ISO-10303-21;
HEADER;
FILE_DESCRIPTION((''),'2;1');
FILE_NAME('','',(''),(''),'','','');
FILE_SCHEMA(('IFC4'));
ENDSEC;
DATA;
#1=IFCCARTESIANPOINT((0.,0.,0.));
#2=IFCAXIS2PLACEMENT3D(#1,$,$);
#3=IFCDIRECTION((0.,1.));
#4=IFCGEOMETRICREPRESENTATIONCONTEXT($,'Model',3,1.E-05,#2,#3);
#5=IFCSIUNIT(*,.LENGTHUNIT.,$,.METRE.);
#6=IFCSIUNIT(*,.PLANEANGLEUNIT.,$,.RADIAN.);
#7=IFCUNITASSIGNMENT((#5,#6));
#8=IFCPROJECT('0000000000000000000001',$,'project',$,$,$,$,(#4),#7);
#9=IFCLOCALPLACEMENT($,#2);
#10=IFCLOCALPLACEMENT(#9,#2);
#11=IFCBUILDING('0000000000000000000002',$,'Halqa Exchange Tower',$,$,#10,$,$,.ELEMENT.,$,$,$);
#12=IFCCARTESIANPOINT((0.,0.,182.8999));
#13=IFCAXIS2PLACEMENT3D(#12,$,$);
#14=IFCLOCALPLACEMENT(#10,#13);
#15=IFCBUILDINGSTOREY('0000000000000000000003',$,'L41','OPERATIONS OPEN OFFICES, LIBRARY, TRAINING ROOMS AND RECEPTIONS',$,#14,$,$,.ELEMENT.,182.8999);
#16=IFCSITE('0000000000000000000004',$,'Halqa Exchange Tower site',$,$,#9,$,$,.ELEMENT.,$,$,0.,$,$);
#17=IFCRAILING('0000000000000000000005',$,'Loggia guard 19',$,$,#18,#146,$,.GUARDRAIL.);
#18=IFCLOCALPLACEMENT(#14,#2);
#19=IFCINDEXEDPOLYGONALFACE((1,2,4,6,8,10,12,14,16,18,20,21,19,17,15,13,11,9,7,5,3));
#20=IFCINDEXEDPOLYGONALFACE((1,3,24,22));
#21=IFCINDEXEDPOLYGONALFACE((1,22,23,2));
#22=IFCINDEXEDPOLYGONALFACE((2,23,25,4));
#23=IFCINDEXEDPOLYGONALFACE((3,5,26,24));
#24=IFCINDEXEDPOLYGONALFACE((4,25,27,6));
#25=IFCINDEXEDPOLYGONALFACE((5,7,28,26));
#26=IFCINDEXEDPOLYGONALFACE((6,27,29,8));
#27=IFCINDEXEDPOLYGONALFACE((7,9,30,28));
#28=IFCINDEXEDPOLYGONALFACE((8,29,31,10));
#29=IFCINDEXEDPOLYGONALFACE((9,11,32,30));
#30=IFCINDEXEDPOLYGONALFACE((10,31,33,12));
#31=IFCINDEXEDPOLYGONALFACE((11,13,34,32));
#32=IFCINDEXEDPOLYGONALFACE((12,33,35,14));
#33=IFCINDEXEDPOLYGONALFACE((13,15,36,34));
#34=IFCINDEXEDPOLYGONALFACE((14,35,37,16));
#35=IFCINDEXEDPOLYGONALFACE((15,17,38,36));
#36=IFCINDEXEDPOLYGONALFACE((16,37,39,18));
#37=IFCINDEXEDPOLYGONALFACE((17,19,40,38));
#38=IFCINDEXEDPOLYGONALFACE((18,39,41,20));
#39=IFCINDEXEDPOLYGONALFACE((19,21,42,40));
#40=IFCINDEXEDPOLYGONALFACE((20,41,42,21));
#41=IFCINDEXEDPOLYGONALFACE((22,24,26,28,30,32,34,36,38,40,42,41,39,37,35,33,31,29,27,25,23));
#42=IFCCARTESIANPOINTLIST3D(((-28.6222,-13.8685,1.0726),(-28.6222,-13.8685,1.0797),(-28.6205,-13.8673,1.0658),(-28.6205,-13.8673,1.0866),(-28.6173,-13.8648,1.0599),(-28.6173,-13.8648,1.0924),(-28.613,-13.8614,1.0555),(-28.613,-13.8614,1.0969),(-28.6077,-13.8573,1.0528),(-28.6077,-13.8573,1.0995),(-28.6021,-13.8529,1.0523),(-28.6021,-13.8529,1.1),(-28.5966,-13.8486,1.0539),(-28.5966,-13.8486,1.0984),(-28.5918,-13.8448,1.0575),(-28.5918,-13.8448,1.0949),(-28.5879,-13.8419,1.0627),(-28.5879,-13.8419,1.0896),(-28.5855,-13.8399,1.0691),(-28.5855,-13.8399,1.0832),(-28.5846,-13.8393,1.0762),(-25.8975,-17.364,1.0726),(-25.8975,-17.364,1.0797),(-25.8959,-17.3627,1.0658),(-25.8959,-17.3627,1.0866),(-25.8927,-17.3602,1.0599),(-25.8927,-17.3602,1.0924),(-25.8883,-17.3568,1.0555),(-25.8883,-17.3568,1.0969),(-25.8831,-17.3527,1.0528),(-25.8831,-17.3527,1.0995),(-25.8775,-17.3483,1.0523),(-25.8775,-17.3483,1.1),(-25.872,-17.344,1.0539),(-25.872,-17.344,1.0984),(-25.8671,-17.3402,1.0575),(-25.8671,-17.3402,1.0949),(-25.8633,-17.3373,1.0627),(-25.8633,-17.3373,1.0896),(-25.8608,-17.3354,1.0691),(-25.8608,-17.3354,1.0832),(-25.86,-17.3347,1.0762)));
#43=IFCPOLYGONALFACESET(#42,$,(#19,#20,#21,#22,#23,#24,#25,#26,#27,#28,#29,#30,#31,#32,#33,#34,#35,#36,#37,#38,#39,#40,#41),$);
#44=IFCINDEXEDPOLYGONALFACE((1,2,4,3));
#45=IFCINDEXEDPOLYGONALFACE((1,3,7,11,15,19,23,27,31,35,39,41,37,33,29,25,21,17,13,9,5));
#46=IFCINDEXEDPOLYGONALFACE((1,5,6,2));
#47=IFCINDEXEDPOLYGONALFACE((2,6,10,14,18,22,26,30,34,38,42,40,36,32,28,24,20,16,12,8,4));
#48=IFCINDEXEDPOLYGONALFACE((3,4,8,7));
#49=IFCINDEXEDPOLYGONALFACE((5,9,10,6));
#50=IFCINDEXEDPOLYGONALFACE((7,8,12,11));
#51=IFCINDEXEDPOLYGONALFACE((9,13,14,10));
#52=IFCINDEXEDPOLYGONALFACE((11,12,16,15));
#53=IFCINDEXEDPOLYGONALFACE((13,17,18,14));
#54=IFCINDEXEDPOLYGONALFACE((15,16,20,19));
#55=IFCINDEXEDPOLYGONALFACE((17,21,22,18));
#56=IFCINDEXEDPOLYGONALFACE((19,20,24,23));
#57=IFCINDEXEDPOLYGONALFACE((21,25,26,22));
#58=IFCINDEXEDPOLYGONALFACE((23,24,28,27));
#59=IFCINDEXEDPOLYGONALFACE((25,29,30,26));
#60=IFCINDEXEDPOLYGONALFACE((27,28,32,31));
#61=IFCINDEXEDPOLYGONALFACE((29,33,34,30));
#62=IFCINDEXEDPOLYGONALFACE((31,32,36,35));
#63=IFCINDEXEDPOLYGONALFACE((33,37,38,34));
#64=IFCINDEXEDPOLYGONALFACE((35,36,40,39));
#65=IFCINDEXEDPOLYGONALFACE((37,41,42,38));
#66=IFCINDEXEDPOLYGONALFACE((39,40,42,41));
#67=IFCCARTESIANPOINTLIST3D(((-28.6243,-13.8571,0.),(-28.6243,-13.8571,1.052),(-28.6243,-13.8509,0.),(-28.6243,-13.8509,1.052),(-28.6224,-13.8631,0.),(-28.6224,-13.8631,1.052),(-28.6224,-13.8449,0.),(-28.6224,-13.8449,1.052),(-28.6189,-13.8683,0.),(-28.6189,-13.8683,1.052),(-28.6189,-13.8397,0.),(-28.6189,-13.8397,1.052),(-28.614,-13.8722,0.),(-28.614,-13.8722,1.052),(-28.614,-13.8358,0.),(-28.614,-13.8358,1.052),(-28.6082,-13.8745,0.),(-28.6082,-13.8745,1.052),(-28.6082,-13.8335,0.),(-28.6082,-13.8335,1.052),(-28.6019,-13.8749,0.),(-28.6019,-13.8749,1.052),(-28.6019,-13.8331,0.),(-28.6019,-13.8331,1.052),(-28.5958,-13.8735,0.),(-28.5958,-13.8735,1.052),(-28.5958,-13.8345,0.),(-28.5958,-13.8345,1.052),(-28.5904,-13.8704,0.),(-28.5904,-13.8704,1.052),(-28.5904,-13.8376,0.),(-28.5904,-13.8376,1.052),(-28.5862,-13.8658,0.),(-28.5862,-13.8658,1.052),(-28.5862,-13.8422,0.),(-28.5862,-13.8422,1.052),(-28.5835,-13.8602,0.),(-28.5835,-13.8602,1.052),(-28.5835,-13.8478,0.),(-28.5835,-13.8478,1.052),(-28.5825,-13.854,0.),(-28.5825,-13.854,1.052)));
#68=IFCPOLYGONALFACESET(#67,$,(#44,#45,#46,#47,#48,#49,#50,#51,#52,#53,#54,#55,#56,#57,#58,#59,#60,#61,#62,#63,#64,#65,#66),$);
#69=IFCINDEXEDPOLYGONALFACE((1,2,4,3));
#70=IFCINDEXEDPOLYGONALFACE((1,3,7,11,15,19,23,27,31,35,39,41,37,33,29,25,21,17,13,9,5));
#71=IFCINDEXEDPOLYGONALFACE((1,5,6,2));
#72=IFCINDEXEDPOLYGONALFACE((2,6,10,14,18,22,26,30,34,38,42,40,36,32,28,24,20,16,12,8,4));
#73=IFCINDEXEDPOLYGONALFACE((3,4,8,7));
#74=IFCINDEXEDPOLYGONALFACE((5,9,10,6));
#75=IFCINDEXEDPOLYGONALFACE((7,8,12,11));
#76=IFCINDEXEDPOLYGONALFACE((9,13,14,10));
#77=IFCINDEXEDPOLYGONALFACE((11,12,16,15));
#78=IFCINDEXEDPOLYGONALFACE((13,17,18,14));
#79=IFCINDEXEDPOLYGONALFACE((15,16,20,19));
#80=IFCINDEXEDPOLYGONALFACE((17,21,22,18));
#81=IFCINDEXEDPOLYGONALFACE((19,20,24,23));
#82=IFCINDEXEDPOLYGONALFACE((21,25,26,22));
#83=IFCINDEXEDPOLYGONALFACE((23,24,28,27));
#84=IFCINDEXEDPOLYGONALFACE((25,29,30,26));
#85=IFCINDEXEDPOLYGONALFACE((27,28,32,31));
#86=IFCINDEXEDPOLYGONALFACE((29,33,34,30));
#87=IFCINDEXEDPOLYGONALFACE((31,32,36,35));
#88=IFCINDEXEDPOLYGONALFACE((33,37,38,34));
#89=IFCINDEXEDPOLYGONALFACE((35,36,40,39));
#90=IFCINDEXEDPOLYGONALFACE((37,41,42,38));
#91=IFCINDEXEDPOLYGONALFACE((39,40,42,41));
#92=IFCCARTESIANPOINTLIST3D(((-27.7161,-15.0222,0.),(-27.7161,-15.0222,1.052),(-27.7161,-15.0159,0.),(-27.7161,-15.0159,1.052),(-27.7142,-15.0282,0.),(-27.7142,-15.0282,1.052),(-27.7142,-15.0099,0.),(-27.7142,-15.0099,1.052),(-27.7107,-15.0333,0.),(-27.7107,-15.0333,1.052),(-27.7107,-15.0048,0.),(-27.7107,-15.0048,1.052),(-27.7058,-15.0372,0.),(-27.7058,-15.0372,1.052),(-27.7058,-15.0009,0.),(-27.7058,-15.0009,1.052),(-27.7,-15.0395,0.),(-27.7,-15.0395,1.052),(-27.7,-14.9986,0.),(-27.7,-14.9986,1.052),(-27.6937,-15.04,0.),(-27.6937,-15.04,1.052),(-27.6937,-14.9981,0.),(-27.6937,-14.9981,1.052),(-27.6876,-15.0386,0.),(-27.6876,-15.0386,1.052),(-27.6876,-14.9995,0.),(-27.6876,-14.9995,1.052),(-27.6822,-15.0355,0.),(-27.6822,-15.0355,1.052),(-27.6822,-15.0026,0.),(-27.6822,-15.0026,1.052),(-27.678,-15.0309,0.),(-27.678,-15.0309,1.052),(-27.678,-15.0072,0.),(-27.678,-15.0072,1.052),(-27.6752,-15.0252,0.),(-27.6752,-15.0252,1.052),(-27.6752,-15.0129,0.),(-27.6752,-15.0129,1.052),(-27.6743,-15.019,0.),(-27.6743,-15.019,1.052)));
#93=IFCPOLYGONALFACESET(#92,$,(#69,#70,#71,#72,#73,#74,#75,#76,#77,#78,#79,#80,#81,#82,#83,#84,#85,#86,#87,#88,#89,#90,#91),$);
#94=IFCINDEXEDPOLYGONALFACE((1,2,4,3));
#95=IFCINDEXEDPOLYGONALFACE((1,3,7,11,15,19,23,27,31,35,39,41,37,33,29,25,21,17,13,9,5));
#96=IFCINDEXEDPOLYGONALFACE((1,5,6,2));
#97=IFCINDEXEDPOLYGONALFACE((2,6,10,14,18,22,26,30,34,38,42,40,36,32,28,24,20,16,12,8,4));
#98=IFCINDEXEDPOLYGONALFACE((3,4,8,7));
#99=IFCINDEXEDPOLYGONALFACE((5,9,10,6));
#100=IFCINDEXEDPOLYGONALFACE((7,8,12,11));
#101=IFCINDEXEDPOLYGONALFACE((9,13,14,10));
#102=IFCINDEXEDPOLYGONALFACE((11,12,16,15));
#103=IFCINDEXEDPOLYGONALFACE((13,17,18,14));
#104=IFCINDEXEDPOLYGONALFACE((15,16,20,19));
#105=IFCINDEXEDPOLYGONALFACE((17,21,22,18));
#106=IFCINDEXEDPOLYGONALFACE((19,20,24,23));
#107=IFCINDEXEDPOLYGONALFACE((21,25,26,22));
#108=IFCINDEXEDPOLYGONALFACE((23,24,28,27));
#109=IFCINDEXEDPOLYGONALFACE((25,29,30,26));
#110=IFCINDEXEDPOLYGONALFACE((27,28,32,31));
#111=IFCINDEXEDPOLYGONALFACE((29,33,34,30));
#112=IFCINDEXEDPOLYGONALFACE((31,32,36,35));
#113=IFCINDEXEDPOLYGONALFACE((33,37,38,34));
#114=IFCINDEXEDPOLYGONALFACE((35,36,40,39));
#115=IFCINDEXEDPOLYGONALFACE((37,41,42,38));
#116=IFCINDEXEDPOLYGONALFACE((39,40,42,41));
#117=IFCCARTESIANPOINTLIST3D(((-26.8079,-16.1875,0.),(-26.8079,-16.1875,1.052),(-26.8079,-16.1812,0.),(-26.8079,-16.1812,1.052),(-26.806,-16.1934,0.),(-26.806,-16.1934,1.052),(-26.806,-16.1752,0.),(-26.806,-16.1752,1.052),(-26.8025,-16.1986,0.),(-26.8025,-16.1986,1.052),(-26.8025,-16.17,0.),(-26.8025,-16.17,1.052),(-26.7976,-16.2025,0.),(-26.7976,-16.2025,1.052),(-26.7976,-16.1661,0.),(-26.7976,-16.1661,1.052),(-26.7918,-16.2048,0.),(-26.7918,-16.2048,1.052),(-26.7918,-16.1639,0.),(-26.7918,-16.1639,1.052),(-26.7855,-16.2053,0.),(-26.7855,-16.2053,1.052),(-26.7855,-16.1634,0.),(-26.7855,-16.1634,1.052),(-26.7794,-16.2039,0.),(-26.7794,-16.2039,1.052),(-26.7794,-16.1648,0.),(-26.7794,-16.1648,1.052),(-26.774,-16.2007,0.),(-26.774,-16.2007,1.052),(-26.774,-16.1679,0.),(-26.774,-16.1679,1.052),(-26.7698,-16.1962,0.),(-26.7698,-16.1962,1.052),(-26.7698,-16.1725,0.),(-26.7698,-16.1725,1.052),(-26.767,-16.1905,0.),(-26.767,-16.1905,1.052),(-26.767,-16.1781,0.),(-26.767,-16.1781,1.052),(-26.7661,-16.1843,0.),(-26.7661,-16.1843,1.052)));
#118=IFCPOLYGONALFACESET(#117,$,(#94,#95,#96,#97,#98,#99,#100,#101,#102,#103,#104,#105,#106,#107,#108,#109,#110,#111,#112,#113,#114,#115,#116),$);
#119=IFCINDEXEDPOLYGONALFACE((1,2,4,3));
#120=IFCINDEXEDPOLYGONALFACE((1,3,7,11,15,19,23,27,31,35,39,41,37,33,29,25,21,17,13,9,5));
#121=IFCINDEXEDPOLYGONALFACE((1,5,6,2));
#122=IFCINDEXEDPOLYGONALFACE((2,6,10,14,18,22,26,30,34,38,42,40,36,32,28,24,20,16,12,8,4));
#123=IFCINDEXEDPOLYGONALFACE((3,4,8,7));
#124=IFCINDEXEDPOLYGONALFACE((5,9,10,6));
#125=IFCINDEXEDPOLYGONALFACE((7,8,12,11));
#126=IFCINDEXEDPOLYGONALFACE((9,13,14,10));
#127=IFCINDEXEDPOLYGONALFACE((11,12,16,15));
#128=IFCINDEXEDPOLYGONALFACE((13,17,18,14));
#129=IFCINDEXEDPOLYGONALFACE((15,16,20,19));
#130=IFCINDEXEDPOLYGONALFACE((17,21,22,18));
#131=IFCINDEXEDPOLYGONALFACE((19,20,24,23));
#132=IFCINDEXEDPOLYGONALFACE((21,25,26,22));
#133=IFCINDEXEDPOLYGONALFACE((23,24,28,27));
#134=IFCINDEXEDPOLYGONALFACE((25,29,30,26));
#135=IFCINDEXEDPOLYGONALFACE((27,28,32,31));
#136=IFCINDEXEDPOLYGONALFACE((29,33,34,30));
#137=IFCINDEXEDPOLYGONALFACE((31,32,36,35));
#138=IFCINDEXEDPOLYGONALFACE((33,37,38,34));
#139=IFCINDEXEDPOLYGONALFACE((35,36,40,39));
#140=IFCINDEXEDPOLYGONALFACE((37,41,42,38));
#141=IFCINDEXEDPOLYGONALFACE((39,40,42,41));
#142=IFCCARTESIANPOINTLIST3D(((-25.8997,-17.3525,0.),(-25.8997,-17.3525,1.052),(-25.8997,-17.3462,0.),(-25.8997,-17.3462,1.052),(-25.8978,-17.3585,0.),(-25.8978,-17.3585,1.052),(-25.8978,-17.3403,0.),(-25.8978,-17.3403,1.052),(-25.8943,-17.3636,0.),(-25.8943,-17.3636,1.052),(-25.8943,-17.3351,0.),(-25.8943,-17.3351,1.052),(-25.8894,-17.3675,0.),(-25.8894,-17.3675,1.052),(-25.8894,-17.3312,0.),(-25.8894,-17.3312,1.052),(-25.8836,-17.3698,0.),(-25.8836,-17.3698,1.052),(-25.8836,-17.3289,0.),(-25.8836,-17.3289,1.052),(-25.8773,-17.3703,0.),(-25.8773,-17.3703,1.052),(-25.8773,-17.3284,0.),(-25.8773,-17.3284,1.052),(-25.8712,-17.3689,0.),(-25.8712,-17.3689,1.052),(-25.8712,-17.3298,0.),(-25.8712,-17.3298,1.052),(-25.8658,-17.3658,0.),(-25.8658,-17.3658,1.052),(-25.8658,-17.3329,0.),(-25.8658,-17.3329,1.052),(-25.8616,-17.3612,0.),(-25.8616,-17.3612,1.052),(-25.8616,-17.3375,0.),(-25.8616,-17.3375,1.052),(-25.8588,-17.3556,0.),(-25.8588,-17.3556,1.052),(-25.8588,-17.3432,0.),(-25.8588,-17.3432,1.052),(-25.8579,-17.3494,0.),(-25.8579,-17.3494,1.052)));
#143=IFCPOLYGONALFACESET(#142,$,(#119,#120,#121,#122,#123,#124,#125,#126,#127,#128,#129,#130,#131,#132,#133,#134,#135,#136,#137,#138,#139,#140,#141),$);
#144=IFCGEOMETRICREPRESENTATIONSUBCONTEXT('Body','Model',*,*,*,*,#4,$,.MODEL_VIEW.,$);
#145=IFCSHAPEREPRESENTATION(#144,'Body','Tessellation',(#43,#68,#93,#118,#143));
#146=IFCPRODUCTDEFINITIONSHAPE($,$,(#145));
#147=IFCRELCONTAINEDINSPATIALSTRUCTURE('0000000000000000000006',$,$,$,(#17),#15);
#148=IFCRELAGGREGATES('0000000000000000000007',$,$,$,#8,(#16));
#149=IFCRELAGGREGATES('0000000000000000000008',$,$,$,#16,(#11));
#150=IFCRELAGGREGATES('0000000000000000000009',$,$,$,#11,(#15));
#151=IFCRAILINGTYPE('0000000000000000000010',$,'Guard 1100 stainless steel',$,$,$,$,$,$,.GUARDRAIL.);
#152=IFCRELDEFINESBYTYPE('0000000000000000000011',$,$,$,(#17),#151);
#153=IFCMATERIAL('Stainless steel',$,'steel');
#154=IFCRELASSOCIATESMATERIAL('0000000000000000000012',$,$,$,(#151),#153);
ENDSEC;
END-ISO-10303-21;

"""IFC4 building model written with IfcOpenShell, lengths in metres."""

from ifc_helpers import new_model, si_unit, direction, frame, origin, origin_2d, place, context, subcontext, project, spatial, circle, extrude, material, type_object, element, save


model = new_model("IFC4")

# Units and contexts
model_context = context("Model", 3, precision=1e-05, world=origin(), true_north=direction((0.0, 1.0)))
body_context = subcontext(model_context, "Body", "Model", "MODEL_VIEW")
ifc_project = project(units=[si_unit("LENGTHUNIT", "METRE"), si_unit("PLANEANGLEUNIT", "RADIAN")], contexts=[model_context])

# Site, building, storey
site_placement = place(None, origin())
site = spatial("IfcSite", under=ifc_project, at=site_placement, Name="Halqa Exchange Tower site", CompositionType="ELEMENT", RefElevation=0.0)
building_placement = place(site_placement, origin())
building = spatial("IfcBuilding", under=site, at=building_placement, Name="Halqa Exchange Tower", CompositionType="ELEMENT")
storey_placement = place(building_placement, frame((0.0, 0.0, 182.8999)))
storey = spatial("IfcBuildingStorey", under=building, at=storey_placement, Name="L41", Description="OPERATIONS OPEN OFFICES, LIBRARY, TRAINING ROOMS AND RECEPTIONS", CompositionType="ELEMENT", Elevation=182.8999)

# Railing
ifc_material_1 = material(Name="Stainless steel", Category="steel")
railing_type = type_object("IfcRailingType", Name="Guard 1100 stainless steel", PredefinedType="GUARDRAIL", material=ifc_material_1)
railing_1_placement = place(storey_placement, frame((-28.6035, -13.854, 0.0)))
element("IfcRailing", 1, at=railing_1_placement, inside=storey, type_object=railing_type, Name="Loggia guard 19", PredefinedType="GUARDRAIL", context=body_context, shape_type="SweptSolid", body=[
    extrude(circle(Radius=0.0239, at=origin_2d()), frame((0.0, 0.0, 1.0762), z_axis=(0.614783, -0.788696, 0.0), x_axis=(0.788696, 0.614783, 0.0)), (0.0, 0.0, 1.0), 4.4319),
    extrude(circle(Radius=0.021, at=origin_2d()), origin(), (0.0, 0.0, 1.0), 1.052),
    extrude(circle(Radius=0.021, at=origin_2d()), frame((0.9082, -1.165, 0.0)), (0.0, 0.0, 1.0), 1.052),
    extrude(circle(Radius=0.021, at=origin_2d()), frame((1.8164, -2.3303, 0.0)), (0.0, 0.0, 1.0), 1.052),
    extrude(circle(Radius=0.021, at=origin_2d()), frame((2.7246, -3.4954, 0.0)), (0.0, 0.0, 1.0), 1.052),
])

save(model, "model.ifc")
